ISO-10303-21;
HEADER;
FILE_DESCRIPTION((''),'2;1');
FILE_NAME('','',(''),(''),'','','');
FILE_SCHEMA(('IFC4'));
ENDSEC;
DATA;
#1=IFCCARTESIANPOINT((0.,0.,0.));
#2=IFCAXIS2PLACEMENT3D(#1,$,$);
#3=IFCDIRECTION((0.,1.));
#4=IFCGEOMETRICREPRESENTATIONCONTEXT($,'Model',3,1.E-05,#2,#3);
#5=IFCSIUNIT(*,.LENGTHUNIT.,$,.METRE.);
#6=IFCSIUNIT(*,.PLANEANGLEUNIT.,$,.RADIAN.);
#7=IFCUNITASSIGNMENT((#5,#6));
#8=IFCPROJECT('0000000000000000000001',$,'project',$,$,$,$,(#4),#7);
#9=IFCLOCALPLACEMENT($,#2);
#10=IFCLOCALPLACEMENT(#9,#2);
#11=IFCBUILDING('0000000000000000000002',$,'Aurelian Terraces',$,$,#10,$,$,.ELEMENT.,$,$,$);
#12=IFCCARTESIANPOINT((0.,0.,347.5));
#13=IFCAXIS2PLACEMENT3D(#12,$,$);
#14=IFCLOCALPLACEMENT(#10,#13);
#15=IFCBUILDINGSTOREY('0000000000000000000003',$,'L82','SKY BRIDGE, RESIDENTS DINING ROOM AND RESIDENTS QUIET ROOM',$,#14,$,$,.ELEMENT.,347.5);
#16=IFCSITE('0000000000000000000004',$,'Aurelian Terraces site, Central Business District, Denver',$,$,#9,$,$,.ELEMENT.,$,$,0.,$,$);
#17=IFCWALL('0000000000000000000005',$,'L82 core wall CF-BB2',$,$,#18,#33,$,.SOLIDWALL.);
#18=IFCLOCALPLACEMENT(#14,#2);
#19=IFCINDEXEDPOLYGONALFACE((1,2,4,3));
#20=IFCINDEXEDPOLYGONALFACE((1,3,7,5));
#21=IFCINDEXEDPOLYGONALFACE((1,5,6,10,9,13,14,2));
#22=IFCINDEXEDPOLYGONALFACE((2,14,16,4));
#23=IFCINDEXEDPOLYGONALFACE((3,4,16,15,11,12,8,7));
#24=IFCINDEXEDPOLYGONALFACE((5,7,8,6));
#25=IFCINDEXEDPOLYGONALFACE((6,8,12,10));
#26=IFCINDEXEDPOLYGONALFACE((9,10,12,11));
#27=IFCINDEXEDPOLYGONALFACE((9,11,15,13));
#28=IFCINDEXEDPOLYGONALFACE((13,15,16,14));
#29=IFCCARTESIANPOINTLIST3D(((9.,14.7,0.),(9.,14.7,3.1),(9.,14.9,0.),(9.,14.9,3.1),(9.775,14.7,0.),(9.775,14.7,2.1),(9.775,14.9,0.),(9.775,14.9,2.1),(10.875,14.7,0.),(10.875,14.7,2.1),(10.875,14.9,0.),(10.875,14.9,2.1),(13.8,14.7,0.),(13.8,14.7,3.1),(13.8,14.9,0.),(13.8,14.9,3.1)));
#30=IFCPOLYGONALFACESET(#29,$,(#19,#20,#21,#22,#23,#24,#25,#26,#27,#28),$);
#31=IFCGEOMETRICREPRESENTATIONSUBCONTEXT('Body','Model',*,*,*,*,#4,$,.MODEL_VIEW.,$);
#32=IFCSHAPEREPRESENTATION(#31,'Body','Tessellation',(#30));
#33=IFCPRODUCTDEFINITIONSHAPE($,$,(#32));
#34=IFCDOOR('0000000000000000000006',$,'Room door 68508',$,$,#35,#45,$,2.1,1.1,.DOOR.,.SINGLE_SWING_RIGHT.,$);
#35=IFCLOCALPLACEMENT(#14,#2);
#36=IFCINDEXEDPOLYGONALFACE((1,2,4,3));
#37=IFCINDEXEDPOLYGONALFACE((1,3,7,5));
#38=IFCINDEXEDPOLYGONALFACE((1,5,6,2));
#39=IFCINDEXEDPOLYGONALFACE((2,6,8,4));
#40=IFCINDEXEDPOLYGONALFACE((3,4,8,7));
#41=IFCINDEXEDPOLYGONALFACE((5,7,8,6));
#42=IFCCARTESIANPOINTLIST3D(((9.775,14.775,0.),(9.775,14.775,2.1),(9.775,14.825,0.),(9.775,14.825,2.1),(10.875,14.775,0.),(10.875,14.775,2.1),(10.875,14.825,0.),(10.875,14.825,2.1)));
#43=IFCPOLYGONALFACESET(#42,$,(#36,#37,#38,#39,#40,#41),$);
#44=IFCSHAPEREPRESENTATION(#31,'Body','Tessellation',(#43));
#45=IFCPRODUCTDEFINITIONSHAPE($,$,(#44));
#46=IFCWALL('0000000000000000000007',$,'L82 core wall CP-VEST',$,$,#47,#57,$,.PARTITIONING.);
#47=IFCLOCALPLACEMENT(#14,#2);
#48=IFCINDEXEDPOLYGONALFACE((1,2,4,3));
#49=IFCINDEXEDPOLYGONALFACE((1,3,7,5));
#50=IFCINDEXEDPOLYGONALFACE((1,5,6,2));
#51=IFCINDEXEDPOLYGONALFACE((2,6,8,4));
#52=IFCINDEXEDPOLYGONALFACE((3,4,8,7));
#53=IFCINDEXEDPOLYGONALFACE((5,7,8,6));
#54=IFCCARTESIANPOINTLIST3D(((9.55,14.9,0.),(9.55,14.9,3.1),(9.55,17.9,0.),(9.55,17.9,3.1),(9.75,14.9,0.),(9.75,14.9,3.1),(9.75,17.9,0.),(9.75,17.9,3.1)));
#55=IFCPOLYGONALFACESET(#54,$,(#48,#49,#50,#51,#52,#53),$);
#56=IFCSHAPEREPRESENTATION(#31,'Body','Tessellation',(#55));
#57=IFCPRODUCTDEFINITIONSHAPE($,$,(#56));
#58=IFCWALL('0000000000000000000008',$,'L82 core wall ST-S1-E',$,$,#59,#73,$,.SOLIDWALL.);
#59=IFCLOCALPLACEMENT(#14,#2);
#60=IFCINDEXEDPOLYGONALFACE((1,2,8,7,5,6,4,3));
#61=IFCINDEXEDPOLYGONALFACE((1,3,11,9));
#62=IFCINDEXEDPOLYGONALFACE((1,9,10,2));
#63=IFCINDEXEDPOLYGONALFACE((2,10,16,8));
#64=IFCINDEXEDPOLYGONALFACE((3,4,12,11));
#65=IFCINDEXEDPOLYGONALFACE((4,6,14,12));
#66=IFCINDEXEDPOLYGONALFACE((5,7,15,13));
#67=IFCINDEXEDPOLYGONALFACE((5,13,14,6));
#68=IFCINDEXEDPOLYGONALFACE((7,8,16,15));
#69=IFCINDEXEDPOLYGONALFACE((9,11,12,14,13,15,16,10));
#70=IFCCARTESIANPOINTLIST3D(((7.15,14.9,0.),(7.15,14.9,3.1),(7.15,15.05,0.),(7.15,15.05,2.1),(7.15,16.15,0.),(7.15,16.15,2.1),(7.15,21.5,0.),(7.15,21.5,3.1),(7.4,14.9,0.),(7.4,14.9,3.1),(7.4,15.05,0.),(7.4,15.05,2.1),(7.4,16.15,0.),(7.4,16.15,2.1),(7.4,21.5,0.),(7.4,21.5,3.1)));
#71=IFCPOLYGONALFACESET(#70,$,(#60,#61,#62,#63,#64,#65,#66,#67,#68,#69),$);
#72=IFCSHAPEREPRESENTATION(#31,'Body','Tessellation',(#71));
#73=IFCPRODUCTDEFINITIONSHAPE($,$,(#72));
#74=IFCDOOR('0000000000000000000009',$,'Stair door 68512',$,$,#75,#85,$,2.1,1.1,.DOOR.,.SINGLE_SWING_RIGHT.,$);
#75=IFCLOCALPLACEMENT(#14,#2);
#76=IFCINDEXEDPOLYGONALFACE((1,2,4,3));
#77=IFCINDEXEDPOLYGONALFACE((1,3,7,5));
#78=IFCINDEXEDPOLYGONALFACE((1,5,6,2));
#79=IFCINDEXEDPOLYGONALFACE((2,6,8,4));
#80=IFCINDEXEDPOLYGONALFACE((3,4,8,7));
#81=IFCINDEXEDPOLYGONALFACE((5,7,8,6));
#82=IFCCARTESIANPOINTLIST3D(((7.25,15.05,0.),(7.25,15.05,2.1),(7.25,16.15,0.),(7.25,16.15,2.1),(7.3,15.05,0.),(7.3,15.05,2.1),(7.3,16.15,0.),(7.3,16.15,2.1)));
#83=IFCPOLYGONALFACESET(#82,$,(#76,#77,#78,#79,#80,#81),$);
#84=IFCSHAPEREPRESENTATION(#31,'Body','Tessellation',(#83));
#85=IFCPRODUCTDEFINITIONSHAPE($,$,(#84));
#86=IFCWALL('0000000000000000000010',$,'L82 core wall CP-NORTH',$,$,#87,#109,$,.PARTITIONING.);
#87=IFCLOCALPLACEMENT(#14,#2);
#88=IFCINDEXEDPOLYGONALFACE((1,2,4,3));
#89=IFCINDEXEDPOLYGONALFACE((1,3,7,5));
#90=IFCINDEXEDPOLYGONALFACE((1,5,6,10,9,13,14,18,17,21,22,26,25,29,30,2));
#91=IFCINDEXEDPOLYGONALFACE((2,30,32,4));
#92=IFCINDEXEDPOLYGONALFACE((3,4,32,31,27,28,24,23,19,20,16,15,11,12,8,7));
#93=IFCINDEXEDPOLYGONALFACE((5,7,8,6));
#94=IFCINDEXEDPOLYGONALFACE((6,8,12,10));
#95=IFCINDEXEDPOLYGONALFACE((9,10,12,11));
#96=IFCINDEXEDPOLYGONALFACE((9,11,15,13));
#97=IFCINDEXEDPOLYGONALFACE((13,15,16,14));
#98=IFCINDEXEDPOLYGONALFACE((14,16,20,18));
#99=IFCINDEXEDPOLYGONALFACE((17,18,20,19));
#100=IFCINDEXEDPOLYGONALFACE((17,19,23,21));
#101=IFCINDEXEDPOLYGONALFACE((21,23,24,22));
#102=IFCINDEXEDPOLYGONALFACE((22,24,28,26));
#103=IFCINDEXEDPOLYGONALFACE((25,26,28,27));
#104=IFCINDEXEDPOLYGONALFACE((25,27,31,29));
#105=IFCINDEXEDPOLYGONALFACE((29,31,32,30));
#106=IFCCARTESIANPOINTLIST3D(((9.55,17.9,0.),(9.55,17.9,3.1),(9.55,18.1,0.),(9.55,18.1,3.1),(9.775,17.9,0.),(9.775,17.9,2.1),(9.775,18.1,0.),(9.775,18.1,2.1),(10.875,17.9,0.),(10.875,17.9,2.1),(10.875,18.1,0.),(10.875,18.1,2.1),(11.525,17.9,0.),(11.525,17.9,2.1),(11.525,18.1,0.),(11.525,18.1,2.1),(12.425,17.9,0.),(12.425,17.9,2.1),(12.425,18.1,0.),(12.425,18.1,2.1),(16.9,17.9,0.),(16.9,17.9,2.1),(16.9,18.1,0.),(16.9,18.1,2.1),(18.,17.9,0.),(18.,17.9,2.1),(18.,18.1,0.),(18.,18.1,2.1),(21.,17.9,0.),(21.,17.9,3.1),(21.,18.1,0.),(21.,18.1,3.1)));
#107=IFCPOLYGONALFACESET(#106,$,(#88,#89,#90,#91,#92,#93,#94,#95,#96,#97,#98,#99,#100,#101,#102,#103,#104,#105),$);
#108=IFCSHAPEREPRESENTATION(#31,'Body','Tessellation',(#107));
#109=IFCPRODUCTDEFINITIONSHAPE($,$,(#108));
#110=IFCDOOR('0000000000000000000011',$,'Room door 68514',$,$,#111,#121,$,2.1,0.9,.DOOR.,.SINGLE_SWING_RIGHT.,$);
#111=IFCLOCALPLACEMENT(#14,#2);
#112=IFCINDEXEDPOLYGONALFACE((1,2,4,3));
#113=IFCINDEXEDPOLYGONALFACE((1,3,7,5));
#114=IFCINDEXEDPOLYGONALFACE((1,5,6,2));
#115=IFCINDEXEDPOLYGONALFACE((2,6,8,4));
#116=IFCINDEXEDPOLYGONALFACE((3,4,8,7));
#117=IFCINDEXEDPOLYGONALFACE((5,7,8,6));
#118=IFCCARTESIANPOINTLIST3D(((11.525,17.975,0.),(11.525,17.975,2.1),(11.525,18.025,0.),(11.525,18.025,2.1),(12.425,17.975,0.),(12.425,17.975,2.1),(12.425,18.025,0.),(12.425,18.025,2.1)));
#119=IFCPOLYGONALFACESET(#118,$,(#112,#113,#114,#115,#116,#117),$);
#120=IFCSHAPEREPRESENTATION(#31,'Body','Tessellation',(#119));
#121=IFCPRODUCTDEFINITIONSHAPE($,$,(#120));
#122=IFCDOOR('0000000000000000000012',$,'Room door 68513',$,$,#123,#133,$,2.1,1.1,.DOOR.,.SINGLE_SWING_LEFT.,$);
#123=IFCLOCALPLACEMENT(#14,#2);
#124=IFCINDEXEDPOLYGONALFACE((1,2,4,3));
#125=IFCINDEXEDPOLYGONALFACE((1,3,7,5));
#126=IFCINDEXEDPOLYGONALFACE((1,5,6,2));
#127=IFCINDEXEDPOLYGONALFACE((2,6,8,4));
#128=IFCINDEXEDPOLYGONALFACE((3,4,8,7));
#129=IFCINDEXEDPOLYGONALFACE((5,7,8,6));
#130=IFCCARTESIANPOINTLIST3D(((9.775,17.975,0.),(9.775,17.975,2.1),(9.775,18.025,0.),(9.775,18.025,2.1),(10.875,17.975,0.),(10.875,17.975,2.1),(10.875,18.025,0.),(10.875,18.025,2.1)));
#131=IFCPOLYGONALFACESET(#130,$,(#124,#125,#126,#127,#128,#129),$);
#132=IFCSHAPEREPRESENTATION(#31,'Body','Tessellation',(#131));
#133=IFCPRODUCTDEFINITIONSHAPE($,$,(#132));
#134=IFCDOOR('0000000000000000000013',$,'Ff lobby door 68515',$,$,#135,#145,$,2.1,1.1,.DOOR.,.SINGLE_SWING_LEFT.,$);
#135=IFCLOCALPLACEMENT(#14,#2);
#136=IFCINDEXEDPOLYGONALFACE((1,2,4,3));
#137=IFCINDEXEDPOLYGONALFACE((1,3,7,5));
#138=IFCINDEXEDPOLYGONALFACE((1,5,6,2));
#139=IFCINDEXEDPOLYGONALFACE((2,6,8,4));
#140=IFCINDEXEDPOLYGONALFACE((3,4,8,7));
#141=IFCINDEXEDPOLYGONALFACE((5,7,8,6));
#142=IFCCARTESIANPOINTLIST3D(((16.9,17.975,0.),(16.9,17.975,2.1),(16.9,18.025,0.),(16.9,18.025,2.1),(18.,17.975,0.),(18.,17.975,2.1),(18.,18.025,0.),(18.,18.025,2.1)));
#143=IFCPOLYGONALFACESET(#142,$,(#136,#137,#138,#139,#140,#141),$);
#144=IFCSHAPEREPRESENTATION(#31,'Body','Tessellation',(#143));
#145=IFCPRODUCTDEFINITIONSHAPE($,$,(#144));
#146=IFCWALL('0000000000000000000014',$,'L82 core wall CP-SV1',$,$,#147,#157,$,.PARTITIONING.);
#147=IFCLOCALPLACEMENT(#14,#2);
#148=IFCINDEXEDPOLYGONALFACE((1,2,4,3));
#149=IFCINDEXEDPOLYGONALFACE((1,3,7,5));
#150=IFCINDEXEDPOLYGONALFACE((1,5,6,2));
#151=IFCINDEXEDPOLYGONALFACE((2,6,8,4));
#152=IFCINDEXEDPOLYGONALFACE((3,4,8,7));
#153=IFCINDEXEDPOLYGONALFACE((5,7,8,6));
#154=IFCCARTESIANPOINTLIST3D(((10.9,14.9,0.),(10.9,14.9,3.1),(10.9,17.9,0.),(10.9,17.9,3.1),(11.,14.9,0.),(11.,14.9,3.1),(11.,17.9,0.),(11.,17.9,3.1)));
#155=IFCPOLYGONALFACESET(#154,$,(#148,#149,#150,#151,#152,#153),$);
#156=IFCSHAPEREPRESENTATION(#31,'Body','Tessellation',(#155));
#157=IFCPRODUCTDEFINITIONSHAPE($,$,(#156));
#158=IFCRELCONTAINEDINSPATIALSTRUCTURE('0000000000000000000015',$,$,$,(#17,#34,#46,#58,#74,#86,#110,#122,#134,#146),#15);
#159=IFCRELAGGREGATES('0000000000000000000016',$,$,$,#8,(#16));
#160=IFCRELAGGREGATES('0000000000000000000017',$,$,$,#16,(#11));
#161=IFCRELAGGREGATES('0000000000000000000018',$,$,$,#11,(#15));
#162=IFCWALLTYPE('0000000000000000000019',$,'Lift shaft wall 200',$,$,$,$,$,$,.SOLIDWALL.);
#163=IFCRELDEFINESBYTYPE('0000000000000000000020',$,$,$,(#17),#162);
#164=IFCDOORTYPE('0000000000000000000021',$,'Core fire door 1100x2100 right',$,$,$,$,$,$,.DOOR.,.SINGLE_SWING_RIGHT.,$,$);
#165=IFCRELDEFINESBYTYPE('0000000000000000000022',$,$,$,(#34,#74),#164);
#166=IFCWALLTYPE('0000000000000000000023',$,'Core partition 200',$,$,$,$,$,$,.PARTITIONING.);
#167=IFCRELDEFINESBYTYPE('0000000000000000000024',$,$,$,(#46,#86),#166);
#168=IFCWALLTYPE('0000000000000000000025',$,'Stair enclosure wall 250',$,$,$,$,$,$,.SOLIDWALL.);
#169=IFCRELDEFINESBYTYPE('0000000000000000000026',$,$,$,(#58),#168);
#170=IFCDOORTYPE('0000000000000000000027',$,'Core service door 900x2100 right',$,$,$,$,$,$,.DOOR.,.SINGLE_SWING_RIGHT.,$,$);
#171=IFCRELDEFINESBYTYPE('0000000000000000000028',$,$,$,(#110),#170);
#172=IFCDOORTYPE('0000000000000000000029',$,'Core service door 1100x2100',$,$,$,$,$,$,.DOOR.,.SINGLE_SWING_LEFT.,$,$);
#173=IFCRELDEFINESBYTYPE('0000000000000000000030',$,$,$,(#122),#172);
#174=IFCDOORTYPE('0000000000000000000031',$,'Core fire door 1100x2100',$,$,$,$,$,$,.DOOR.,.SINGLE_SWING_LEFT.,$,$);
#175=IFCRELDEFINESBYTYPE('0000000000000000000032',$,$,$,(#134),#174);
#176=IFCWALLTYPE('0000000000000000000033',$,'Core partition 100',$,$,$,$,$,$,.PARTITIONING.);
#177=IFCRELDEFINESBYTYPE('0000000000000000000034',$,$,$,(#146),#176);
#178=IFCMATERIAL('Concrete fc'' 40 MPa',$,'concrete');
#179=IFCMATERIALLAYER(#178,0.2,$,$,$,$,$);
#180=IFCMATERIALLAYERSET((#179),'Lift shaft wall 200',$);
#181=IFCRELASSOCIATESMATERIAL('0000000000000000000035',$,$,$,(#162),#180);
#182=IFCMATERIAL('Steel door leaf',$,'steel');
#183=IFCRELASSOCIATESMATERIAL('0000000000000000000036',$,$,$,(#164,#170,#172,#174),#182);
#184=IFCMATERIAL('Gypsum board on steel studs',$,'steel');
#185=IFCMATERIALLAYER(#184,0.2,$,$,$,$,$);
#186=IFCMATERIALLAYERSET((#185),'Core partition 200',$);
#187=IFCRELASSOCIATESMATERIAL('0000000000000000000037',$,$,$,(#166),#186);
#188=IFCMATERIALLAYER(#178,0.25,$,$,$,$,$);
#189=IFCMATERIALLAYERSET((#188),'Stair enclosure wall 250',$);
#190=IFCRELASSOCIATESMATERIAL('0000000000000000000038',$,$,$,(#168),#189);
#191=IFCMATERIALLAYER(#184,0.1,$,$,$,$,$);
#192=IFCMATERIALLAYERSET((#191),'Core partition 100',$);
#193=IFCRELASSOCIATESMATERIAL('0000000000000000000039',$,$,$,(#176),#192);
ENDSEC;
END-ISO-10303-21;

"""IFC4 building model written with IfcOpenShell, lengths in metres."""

from ifc_helpers import new_model, si_unit, direction, frame, frame_2d, origin, place, context, subcontext, project, spatial, rectangle, extrude, source, transform, mapped, material, layer, layer_set, type_object, element, fill, save


model = new_model("IFC4")

# Units and contexts
model_context = context("Model", 3, precision=1e-05, world=origin(), true_north=direction((0.0, 1.0)))
body_context = subcontext(model_context, "Body", "Model", "MODEL_VIEW")
ifc_project = project(units=[si_unit("LENGTHUNIT", "METRE"), si_unit("PLANEANGLEUNIT", "RADIAN")], contexts=[model_context])

# Site, building, storey
site_placement = place(None, origin())
site = spatial("IfcSite", under=ifc_project, at=site_placement, Name="Aurelian Terraces site, Central Business District, Denver", CompositionType="ELEMENT", RefElevation=0.0)
building_placement = place(site_placement, origin())
building = spatial("IfcBuilding", under=site, at=building_placement, Name="Aurelian Terraces", CompositionType="ELEMENT")
storey_placement = place(building_placement, frame((0.0, 0.0, 347.5)))
storey = spatial("IfcBuildingStorey", under=building, at=storey_placement, Name="L82", Description="SKY BRIDGE, RESIDENTS DINING ROOM AND RESIDENTS QUIET ROOM", CompositionType="ELEMENT", Elevation=347.5)

# Wall, opening, door
ifc_material_1 = material(Name="Concrete fc' 40 MPa", Category="concrete")
ifc_layer_1 = layer(ifc_material_1, 0.2)
ifc_layer_set_1 = layer_set([ifc_layer_1], Name="Lift shaft wall 200")
wall_type_1 = type_object("IfcWallType", Name="Lift shaft wall 200", PredefinedType="SOLIDWALL", material=ifc_layer_set_1)
shared_shape_1 = source(origin(), body_context, "Body", "SweptSolid", [
    extrude(rectangle(XDim=4.8, YDim=0.2, at=frame_2d((2.4, 0.0))), origin(), (0.0, 0.0, 1.0), 3.1),
])
wall_1_placement = place(storey_placement, frame((9.0, 14.8, 0.0), z_axis=(0.0, 0.0, 1.0), x_axis=(1.0, 0.0, 0.0)))
wall_1 = element("IfcWall", 1, at=wall_1_placement, inside=storey, type_object=wall_type_1, Name="L82 core wall CF-BB2", PredefinedType="SOLIDWALL", context=body_context, shape_type="MappedRepresentation", body=[
    mapped(shared_shape_1, transform((0.0, 0.0, 0.0), scale=1.0)),
])
shared_shape_2 = source(origin(), body_context, "Body", "SweptSolid", [
    extrude(rectangle(XDim=1.1, YDim=2.1, at=frame_2d((0.55, 1.05))), frame((0.0, 0.11, 0.0), z_axis=(0.0, -1.0, 0.0), x_axis=(1.0, 0.0, 0.0)), (0.0, 0.0, 1.0), 0.22),
])
opening_1_placement = place(wall_1_placement, frame((0.775, 0.0, 0.0)))
opening_1 = element("IfcOpeningElement", 2, at=opening_1_placement, cuts=wall_1, PredefinedType="OPENING", context=body_context, shape_type="MappedRepresentation", body=[
    mapped(shared_shape_2, transform((0.0, 0.0, 0.0), scale=1.0)),
])
ifc_material_2 = material(Name="Steel door leaf", Category="steel")
door_type_1 = type_object("IfcDoorType", Name="Core fire door 1100x2100 right", OperationType="SINGLE_SWING_RIGHT", PredefinedType="DOOR", material=ifc_material_2)
shared_shape_3 = source(origin(), body_context, "Body", "SweptSolid", [
    extrude(rectangle(XDim=1.1, YDim=2.1, at=frame_2d((0.55, 1.05))), frame((0.0, 0.025, 0.0), z_axis=(0.0, -1.0, 0.0), x_axis=(1.0, 0.0, 0.0)), (0.0, 0.0, 1.0), 0.05),
])
door_1_placement = place(opening_1_placement, origin())
door_1 = element("IfcDoor", 3, at=door_1_placement, inside=storey, type_object=door_type_1, Name="Room door 68508", OperationType="SINGLE_SWING_RIGHT", OverallHeight=2.1, OverallWidth=1.1, PredefinedType="DOOR", context=body_context, shape_type="MappedRepresentation", body=[
    mapped(shared_shape_3, transform((0.0, 0.0, 0.0), scale=1.0)),
])
fill(opening_1, door_1)

# Wall
ifc_material_3 = material(Name="Gypsum board on steel studs", Category="steel")
ifc_layer_2 = layer(ifc_material_3, 0.2)
ifc_layer_set_2 = layer_set([ifc_layer_2], Name="Core partition 200")
wall_type_2 = type_object("IfcWallType", Name="Core partition 200", PredefinedType="PARTITIONING", material=ifc_layer_set_2)
shared_shape_4 = source(origin(), body_context, "Body", "SweptSolid", [
    extrude(rectangle(XDim=3.0, YDim=0.2, at=frame_2d((1.5, 0.0))), origin(), (0.0, 0.0, 1.0), 3.1),
])
wall_2_placement = place(storey_placement, frame((9.65, 14.9, 0.0), z_axis=(0.0, 0.0, 1.0), x_axis=(0.0, 1.0, 0.0)))
element("IfcWall", 4, at=wall_2_placement, inside=storey, type_object=wall_type_2, Name="L82 core wall CP-VEST", PredefinedType="PARTITIONING", context=body_context, shape_type="MappedRepresentation", body=[
    mapped(shared_shape_4, transform((0.0, 0.0, 0.0), scale=1.0)),
])

# Wall, opening, door
ifc_layer_3 = layer(ifc_material_1, 0.25)
ifc_layer_set_3 = layer_set([ifc_layer_3], Name="Stair enclosure wall 250")
wall_type_3 = type_object("IfcWallType", Name="Stair enclosure wall 250", PredefinedType="SOLIDWALL", material=ifc_layer_set_3)
shared_shape_5 = source(origin(), body_context, "Body", "SweptSolid", [
    extrude(rectangle(XDim=6.6, YDim=0.25, at=frame_2d((3.3, 0.0))), origin(), (0.0, 0.0, 1.0), 3.1),
])
wall_3_placement = place(storey_placement, frame((7.275, 14.9, 0.0), z_axis=(0.0, 0.0, 1.0), x_axis=(0.0, 1.0, 0.0)))
wall_3 = element("IfcWall", 5, at=wall_3_placement, inside=storey, type_object=wall_type_3, Name="L82 core wall ST-S1-E", PredefinedType="SOLIDWALL", context=body_context, shape_type="MappedRepresentation", body=[
    mapped(shared_shape_5, transform((0.0, 0.0, 0.0), scale=1.0)),
])
shared_shape_6 = source(origin(), body_context, "Body", "SweptSolid", [
    extrude(rectangle(XDim=1.1, YDim=2.1, at=frame_2d((0.55, 1.05))), frame((0.0, 0.135, 0.0), z_axis=(0.0, -1.0, 0.0), x_axis=(1.0, 0.0, 0.0)), (0.0, 0.0, 1.0), 0.27),
])
opening_2_placement = place(wall_3_placement, frame((0.15, 0.0, 0.0)))
opening_2 = element("IfcOpeningElement", 6, at=opening_2_placement, cuts=wall_3, PredefinedType="OPENING", context=body_context, shape_type="MappedRepresentation", body=[
    mapped(shared_shape_6, transform((0.0, 0.0, 0.0), scale=1.0)),
])
door_2_placement = place(opening_2_placement, origin())
door_2 = element("IfcDoor", 7, at=door_2_placement, inside=storey, type_object=door_type_1, Name="Stair door 68512", OperationType="SINGLE_SWING_RIGHT", OverallHeight=2.1, OverallWidth=1.1, PredefinedType="DOOR", context=body_context, shape_type="MappedRepresentation", body=[
    mapped(shared_shape_3, transform((0.0, 0.0, 0.0), scale=1.0)),
])
fill(opening_2, door_2)

# Wall, openings, doors
shared_shape_7 = source(origin(), body_context, "Body", "SweptSolid", [
    extrude(rectangle(XDim=11.45, YDim=0.2, at=frame_2d((5.725, 0.0))), origin(), (0.0, 0.0, 1.0), 3.1),
])
wall_4_placement = place(storey_placement, frame((9.55, 18.0, 0.0), z_axis=(0.0, 0.0, 1.0), x_axis=(1.0, 0.0, 0.0)))
wall_4 = element("IfcWall", 8, at=wall_4_placement, inside=storey, type_object=wall_type_2, Name="L82 core wall CP-NORTH", PredefinedType="PARTITIONING", context=body_context, shape_type="MappedRepresentation", body=[
    mapped(shared_shape_7, transform((0.0, 0.0, 0.0), scale=1.0)),
])
opening_3_placement = place(wall_4_placement, frame((0.225, 0.0, 0.0)))
opening_3 = element("IfcOpeningElement", 9, at=opening_3_placement, cuts=wall_4, PredefinedType="OPENING", context=body_context, shape_type="MappedRepresentation", body=[
    mapped(shared_shape_2, transform((0.0, 0.0, 0.0), scale=1.0)),
])
shared_shape_8 = source(origin(), body_context, "Body", "SweptSolid", [
    extrude(rectangle(XDim=0.9, YDim=2.1, at=frame_2d((0.45, 1.05))), frame((0.0, 0.11, 0.0), z_axis=(0.0, -1.0, 0.0), x_axis=(1.0, 0.0, 0.0)), (0.0, 0.0, 1.0), 0.22),
])
opening_4_placement = place(wall_4_placement, frame((1.975, 0.0, 0.0)))
opening_4 = element("IfcOpeningElement", 10, at=opening_4_placement, cuts=wall_4, PredefinedType="OPENING", context=body_context, shape_type="MappedRepresentation", body=[
    mapped(shared_shape_8, transform((0.0, 0.0, 0.0), scale=1.0)),
])
opening_5_placement = place(wall_4_placement, frame((7.35, 0.0, 0.0)))
opening_5 = element("IfcOpeningElement", 11, at=opening_5_placement, cuts=wall_4, PredefinedType="OPENING", context=body_context, shape_type="MappedRepresentation", body=[
    mapped(shared_shape_2, transform((0.0, 0.0, 0.0), scale=1.0)),
])
door_type_2 = type_object("IfcDoorType", Name="Core service door 900x2100 right", OperationType="SINGLE_SWING_RIGHT", PredefinedType="DOOR", material=ifc_material_2)
shared_shape_9 = source(origin(), body_context, "Body", "SweptSolid", [
    extrude(rectangle(XDim=0.9, YDim=2.1, at=frame_2d((0.45, 1.05))), frame((0.0, 0.025, 0.0), z_axis=(0.0, -1.0, 0.0), x_axis=(1.0, 0.0, 0.0)), (0.0, 0.0, 1.0), 0.05),
])
door_3_placement = place(opening_4_placement, origin())
door_3 = element("IfcDoor", 12, at=door_3_placement, inside=storey, type_object=door_type_2, Name="Room door 68514", OperationType="SINGLE_SWING_RIGHT", OverallHeight=2.1, OverallWidth=0.9, PredefinedType="DOOR", context=body_context, shape_type="MappedRepresentation", body=[
    mapped(shared_shape_9, transform((0.0, 0.0, 0.0), scale=1.0)),
])
fill(opening_4, door_3)
door_type_3 = type_object("IfcDoorType", Name="Core service door 1100x2100", OperationType="SINGLE_SWING_LEFT", PredefinedType="DOOR", material=ifc_material_2)
door_4_placement = place(opening_3_placement, origin())
door_4 = element("IfcDoor", 13, at=door_4_placement, inside=storey, type_object=door_type_3, Name="Room door 68513", OperationType="SINGLE_SWING_LEFT", OverallHeight=2.1, OverallWidth=1.1, PredefinedType="DOOR", context=body_context, shape_type="MappedRepresentation", body=[
    mapped(shared_shape_3, transform((0.0, 0.0, 0.0), scale=1.0)),
])
fill(opening_3, door_4)
door_type_4 = type_object("IfcDoorType", Name="Core fire door 1100x2100", OperationType="SINGLE_SWING_LEFT", PredefinedType="DOOR", material=ifc_material_2)
door_5_placement = place(opening_5_placement, origin())
door_5 = element("IfcDoor", 14, at=door_5_placement, inside=storey, type_object=door_type_4, Name="Ff lobby door 68515", OperationType="SINGLE_SWING_LEFT", OverallHeight=2.1, OverallWidth=1.1, PredefinedType="DOOR", context=body_context, shape_type="MappedRepresentation", body=[
    mapped(shared_shape_3, transform((0.0, 0.0, 0.0), scale=1.0)),
])
fill(opening_5, door_5)

# Wall
ifc_layer_4 = layer(ifc_material_3, 0.1)
ifc_layer_set_4 = layer_set([ifc_layer_4], Name="Core partition 100")
wall_type_4 = type_object("IfcWallType", Name="Core partition 100", PredefinedType="PARTITIONING", material=ifc_layer_set_4)
shared_shape_10 = source(origin(), body_context, "Body", "SweptSolid", [
    extrude(rectangle(XDim=3.0, YDim=0.1, at=frame_2d((1.5, 0.0))), origin(), (0.0, 0.0, 1.0), 3.1),
])
wall_5_placement = place(storey_placement, frame((10.95, 14.9, 0.0), z_axis=(0.0, 0.0, 1.0), x_axis=(0.0, 1.0, 0.0)))
element("IfcWall", 15, at=wall_5_placement, inside=storey, type_object=wall_type_4, Name="L82 core wall CP-SV1", PredefinedType="PARTITIONING", context=body_context, shape_type="MappedRepresentation", body=[
    mapped(shared_shape_10, transform((0.0, 0.0, 0.0), scale=1.0)),
])

save(model, "model.ifc")
